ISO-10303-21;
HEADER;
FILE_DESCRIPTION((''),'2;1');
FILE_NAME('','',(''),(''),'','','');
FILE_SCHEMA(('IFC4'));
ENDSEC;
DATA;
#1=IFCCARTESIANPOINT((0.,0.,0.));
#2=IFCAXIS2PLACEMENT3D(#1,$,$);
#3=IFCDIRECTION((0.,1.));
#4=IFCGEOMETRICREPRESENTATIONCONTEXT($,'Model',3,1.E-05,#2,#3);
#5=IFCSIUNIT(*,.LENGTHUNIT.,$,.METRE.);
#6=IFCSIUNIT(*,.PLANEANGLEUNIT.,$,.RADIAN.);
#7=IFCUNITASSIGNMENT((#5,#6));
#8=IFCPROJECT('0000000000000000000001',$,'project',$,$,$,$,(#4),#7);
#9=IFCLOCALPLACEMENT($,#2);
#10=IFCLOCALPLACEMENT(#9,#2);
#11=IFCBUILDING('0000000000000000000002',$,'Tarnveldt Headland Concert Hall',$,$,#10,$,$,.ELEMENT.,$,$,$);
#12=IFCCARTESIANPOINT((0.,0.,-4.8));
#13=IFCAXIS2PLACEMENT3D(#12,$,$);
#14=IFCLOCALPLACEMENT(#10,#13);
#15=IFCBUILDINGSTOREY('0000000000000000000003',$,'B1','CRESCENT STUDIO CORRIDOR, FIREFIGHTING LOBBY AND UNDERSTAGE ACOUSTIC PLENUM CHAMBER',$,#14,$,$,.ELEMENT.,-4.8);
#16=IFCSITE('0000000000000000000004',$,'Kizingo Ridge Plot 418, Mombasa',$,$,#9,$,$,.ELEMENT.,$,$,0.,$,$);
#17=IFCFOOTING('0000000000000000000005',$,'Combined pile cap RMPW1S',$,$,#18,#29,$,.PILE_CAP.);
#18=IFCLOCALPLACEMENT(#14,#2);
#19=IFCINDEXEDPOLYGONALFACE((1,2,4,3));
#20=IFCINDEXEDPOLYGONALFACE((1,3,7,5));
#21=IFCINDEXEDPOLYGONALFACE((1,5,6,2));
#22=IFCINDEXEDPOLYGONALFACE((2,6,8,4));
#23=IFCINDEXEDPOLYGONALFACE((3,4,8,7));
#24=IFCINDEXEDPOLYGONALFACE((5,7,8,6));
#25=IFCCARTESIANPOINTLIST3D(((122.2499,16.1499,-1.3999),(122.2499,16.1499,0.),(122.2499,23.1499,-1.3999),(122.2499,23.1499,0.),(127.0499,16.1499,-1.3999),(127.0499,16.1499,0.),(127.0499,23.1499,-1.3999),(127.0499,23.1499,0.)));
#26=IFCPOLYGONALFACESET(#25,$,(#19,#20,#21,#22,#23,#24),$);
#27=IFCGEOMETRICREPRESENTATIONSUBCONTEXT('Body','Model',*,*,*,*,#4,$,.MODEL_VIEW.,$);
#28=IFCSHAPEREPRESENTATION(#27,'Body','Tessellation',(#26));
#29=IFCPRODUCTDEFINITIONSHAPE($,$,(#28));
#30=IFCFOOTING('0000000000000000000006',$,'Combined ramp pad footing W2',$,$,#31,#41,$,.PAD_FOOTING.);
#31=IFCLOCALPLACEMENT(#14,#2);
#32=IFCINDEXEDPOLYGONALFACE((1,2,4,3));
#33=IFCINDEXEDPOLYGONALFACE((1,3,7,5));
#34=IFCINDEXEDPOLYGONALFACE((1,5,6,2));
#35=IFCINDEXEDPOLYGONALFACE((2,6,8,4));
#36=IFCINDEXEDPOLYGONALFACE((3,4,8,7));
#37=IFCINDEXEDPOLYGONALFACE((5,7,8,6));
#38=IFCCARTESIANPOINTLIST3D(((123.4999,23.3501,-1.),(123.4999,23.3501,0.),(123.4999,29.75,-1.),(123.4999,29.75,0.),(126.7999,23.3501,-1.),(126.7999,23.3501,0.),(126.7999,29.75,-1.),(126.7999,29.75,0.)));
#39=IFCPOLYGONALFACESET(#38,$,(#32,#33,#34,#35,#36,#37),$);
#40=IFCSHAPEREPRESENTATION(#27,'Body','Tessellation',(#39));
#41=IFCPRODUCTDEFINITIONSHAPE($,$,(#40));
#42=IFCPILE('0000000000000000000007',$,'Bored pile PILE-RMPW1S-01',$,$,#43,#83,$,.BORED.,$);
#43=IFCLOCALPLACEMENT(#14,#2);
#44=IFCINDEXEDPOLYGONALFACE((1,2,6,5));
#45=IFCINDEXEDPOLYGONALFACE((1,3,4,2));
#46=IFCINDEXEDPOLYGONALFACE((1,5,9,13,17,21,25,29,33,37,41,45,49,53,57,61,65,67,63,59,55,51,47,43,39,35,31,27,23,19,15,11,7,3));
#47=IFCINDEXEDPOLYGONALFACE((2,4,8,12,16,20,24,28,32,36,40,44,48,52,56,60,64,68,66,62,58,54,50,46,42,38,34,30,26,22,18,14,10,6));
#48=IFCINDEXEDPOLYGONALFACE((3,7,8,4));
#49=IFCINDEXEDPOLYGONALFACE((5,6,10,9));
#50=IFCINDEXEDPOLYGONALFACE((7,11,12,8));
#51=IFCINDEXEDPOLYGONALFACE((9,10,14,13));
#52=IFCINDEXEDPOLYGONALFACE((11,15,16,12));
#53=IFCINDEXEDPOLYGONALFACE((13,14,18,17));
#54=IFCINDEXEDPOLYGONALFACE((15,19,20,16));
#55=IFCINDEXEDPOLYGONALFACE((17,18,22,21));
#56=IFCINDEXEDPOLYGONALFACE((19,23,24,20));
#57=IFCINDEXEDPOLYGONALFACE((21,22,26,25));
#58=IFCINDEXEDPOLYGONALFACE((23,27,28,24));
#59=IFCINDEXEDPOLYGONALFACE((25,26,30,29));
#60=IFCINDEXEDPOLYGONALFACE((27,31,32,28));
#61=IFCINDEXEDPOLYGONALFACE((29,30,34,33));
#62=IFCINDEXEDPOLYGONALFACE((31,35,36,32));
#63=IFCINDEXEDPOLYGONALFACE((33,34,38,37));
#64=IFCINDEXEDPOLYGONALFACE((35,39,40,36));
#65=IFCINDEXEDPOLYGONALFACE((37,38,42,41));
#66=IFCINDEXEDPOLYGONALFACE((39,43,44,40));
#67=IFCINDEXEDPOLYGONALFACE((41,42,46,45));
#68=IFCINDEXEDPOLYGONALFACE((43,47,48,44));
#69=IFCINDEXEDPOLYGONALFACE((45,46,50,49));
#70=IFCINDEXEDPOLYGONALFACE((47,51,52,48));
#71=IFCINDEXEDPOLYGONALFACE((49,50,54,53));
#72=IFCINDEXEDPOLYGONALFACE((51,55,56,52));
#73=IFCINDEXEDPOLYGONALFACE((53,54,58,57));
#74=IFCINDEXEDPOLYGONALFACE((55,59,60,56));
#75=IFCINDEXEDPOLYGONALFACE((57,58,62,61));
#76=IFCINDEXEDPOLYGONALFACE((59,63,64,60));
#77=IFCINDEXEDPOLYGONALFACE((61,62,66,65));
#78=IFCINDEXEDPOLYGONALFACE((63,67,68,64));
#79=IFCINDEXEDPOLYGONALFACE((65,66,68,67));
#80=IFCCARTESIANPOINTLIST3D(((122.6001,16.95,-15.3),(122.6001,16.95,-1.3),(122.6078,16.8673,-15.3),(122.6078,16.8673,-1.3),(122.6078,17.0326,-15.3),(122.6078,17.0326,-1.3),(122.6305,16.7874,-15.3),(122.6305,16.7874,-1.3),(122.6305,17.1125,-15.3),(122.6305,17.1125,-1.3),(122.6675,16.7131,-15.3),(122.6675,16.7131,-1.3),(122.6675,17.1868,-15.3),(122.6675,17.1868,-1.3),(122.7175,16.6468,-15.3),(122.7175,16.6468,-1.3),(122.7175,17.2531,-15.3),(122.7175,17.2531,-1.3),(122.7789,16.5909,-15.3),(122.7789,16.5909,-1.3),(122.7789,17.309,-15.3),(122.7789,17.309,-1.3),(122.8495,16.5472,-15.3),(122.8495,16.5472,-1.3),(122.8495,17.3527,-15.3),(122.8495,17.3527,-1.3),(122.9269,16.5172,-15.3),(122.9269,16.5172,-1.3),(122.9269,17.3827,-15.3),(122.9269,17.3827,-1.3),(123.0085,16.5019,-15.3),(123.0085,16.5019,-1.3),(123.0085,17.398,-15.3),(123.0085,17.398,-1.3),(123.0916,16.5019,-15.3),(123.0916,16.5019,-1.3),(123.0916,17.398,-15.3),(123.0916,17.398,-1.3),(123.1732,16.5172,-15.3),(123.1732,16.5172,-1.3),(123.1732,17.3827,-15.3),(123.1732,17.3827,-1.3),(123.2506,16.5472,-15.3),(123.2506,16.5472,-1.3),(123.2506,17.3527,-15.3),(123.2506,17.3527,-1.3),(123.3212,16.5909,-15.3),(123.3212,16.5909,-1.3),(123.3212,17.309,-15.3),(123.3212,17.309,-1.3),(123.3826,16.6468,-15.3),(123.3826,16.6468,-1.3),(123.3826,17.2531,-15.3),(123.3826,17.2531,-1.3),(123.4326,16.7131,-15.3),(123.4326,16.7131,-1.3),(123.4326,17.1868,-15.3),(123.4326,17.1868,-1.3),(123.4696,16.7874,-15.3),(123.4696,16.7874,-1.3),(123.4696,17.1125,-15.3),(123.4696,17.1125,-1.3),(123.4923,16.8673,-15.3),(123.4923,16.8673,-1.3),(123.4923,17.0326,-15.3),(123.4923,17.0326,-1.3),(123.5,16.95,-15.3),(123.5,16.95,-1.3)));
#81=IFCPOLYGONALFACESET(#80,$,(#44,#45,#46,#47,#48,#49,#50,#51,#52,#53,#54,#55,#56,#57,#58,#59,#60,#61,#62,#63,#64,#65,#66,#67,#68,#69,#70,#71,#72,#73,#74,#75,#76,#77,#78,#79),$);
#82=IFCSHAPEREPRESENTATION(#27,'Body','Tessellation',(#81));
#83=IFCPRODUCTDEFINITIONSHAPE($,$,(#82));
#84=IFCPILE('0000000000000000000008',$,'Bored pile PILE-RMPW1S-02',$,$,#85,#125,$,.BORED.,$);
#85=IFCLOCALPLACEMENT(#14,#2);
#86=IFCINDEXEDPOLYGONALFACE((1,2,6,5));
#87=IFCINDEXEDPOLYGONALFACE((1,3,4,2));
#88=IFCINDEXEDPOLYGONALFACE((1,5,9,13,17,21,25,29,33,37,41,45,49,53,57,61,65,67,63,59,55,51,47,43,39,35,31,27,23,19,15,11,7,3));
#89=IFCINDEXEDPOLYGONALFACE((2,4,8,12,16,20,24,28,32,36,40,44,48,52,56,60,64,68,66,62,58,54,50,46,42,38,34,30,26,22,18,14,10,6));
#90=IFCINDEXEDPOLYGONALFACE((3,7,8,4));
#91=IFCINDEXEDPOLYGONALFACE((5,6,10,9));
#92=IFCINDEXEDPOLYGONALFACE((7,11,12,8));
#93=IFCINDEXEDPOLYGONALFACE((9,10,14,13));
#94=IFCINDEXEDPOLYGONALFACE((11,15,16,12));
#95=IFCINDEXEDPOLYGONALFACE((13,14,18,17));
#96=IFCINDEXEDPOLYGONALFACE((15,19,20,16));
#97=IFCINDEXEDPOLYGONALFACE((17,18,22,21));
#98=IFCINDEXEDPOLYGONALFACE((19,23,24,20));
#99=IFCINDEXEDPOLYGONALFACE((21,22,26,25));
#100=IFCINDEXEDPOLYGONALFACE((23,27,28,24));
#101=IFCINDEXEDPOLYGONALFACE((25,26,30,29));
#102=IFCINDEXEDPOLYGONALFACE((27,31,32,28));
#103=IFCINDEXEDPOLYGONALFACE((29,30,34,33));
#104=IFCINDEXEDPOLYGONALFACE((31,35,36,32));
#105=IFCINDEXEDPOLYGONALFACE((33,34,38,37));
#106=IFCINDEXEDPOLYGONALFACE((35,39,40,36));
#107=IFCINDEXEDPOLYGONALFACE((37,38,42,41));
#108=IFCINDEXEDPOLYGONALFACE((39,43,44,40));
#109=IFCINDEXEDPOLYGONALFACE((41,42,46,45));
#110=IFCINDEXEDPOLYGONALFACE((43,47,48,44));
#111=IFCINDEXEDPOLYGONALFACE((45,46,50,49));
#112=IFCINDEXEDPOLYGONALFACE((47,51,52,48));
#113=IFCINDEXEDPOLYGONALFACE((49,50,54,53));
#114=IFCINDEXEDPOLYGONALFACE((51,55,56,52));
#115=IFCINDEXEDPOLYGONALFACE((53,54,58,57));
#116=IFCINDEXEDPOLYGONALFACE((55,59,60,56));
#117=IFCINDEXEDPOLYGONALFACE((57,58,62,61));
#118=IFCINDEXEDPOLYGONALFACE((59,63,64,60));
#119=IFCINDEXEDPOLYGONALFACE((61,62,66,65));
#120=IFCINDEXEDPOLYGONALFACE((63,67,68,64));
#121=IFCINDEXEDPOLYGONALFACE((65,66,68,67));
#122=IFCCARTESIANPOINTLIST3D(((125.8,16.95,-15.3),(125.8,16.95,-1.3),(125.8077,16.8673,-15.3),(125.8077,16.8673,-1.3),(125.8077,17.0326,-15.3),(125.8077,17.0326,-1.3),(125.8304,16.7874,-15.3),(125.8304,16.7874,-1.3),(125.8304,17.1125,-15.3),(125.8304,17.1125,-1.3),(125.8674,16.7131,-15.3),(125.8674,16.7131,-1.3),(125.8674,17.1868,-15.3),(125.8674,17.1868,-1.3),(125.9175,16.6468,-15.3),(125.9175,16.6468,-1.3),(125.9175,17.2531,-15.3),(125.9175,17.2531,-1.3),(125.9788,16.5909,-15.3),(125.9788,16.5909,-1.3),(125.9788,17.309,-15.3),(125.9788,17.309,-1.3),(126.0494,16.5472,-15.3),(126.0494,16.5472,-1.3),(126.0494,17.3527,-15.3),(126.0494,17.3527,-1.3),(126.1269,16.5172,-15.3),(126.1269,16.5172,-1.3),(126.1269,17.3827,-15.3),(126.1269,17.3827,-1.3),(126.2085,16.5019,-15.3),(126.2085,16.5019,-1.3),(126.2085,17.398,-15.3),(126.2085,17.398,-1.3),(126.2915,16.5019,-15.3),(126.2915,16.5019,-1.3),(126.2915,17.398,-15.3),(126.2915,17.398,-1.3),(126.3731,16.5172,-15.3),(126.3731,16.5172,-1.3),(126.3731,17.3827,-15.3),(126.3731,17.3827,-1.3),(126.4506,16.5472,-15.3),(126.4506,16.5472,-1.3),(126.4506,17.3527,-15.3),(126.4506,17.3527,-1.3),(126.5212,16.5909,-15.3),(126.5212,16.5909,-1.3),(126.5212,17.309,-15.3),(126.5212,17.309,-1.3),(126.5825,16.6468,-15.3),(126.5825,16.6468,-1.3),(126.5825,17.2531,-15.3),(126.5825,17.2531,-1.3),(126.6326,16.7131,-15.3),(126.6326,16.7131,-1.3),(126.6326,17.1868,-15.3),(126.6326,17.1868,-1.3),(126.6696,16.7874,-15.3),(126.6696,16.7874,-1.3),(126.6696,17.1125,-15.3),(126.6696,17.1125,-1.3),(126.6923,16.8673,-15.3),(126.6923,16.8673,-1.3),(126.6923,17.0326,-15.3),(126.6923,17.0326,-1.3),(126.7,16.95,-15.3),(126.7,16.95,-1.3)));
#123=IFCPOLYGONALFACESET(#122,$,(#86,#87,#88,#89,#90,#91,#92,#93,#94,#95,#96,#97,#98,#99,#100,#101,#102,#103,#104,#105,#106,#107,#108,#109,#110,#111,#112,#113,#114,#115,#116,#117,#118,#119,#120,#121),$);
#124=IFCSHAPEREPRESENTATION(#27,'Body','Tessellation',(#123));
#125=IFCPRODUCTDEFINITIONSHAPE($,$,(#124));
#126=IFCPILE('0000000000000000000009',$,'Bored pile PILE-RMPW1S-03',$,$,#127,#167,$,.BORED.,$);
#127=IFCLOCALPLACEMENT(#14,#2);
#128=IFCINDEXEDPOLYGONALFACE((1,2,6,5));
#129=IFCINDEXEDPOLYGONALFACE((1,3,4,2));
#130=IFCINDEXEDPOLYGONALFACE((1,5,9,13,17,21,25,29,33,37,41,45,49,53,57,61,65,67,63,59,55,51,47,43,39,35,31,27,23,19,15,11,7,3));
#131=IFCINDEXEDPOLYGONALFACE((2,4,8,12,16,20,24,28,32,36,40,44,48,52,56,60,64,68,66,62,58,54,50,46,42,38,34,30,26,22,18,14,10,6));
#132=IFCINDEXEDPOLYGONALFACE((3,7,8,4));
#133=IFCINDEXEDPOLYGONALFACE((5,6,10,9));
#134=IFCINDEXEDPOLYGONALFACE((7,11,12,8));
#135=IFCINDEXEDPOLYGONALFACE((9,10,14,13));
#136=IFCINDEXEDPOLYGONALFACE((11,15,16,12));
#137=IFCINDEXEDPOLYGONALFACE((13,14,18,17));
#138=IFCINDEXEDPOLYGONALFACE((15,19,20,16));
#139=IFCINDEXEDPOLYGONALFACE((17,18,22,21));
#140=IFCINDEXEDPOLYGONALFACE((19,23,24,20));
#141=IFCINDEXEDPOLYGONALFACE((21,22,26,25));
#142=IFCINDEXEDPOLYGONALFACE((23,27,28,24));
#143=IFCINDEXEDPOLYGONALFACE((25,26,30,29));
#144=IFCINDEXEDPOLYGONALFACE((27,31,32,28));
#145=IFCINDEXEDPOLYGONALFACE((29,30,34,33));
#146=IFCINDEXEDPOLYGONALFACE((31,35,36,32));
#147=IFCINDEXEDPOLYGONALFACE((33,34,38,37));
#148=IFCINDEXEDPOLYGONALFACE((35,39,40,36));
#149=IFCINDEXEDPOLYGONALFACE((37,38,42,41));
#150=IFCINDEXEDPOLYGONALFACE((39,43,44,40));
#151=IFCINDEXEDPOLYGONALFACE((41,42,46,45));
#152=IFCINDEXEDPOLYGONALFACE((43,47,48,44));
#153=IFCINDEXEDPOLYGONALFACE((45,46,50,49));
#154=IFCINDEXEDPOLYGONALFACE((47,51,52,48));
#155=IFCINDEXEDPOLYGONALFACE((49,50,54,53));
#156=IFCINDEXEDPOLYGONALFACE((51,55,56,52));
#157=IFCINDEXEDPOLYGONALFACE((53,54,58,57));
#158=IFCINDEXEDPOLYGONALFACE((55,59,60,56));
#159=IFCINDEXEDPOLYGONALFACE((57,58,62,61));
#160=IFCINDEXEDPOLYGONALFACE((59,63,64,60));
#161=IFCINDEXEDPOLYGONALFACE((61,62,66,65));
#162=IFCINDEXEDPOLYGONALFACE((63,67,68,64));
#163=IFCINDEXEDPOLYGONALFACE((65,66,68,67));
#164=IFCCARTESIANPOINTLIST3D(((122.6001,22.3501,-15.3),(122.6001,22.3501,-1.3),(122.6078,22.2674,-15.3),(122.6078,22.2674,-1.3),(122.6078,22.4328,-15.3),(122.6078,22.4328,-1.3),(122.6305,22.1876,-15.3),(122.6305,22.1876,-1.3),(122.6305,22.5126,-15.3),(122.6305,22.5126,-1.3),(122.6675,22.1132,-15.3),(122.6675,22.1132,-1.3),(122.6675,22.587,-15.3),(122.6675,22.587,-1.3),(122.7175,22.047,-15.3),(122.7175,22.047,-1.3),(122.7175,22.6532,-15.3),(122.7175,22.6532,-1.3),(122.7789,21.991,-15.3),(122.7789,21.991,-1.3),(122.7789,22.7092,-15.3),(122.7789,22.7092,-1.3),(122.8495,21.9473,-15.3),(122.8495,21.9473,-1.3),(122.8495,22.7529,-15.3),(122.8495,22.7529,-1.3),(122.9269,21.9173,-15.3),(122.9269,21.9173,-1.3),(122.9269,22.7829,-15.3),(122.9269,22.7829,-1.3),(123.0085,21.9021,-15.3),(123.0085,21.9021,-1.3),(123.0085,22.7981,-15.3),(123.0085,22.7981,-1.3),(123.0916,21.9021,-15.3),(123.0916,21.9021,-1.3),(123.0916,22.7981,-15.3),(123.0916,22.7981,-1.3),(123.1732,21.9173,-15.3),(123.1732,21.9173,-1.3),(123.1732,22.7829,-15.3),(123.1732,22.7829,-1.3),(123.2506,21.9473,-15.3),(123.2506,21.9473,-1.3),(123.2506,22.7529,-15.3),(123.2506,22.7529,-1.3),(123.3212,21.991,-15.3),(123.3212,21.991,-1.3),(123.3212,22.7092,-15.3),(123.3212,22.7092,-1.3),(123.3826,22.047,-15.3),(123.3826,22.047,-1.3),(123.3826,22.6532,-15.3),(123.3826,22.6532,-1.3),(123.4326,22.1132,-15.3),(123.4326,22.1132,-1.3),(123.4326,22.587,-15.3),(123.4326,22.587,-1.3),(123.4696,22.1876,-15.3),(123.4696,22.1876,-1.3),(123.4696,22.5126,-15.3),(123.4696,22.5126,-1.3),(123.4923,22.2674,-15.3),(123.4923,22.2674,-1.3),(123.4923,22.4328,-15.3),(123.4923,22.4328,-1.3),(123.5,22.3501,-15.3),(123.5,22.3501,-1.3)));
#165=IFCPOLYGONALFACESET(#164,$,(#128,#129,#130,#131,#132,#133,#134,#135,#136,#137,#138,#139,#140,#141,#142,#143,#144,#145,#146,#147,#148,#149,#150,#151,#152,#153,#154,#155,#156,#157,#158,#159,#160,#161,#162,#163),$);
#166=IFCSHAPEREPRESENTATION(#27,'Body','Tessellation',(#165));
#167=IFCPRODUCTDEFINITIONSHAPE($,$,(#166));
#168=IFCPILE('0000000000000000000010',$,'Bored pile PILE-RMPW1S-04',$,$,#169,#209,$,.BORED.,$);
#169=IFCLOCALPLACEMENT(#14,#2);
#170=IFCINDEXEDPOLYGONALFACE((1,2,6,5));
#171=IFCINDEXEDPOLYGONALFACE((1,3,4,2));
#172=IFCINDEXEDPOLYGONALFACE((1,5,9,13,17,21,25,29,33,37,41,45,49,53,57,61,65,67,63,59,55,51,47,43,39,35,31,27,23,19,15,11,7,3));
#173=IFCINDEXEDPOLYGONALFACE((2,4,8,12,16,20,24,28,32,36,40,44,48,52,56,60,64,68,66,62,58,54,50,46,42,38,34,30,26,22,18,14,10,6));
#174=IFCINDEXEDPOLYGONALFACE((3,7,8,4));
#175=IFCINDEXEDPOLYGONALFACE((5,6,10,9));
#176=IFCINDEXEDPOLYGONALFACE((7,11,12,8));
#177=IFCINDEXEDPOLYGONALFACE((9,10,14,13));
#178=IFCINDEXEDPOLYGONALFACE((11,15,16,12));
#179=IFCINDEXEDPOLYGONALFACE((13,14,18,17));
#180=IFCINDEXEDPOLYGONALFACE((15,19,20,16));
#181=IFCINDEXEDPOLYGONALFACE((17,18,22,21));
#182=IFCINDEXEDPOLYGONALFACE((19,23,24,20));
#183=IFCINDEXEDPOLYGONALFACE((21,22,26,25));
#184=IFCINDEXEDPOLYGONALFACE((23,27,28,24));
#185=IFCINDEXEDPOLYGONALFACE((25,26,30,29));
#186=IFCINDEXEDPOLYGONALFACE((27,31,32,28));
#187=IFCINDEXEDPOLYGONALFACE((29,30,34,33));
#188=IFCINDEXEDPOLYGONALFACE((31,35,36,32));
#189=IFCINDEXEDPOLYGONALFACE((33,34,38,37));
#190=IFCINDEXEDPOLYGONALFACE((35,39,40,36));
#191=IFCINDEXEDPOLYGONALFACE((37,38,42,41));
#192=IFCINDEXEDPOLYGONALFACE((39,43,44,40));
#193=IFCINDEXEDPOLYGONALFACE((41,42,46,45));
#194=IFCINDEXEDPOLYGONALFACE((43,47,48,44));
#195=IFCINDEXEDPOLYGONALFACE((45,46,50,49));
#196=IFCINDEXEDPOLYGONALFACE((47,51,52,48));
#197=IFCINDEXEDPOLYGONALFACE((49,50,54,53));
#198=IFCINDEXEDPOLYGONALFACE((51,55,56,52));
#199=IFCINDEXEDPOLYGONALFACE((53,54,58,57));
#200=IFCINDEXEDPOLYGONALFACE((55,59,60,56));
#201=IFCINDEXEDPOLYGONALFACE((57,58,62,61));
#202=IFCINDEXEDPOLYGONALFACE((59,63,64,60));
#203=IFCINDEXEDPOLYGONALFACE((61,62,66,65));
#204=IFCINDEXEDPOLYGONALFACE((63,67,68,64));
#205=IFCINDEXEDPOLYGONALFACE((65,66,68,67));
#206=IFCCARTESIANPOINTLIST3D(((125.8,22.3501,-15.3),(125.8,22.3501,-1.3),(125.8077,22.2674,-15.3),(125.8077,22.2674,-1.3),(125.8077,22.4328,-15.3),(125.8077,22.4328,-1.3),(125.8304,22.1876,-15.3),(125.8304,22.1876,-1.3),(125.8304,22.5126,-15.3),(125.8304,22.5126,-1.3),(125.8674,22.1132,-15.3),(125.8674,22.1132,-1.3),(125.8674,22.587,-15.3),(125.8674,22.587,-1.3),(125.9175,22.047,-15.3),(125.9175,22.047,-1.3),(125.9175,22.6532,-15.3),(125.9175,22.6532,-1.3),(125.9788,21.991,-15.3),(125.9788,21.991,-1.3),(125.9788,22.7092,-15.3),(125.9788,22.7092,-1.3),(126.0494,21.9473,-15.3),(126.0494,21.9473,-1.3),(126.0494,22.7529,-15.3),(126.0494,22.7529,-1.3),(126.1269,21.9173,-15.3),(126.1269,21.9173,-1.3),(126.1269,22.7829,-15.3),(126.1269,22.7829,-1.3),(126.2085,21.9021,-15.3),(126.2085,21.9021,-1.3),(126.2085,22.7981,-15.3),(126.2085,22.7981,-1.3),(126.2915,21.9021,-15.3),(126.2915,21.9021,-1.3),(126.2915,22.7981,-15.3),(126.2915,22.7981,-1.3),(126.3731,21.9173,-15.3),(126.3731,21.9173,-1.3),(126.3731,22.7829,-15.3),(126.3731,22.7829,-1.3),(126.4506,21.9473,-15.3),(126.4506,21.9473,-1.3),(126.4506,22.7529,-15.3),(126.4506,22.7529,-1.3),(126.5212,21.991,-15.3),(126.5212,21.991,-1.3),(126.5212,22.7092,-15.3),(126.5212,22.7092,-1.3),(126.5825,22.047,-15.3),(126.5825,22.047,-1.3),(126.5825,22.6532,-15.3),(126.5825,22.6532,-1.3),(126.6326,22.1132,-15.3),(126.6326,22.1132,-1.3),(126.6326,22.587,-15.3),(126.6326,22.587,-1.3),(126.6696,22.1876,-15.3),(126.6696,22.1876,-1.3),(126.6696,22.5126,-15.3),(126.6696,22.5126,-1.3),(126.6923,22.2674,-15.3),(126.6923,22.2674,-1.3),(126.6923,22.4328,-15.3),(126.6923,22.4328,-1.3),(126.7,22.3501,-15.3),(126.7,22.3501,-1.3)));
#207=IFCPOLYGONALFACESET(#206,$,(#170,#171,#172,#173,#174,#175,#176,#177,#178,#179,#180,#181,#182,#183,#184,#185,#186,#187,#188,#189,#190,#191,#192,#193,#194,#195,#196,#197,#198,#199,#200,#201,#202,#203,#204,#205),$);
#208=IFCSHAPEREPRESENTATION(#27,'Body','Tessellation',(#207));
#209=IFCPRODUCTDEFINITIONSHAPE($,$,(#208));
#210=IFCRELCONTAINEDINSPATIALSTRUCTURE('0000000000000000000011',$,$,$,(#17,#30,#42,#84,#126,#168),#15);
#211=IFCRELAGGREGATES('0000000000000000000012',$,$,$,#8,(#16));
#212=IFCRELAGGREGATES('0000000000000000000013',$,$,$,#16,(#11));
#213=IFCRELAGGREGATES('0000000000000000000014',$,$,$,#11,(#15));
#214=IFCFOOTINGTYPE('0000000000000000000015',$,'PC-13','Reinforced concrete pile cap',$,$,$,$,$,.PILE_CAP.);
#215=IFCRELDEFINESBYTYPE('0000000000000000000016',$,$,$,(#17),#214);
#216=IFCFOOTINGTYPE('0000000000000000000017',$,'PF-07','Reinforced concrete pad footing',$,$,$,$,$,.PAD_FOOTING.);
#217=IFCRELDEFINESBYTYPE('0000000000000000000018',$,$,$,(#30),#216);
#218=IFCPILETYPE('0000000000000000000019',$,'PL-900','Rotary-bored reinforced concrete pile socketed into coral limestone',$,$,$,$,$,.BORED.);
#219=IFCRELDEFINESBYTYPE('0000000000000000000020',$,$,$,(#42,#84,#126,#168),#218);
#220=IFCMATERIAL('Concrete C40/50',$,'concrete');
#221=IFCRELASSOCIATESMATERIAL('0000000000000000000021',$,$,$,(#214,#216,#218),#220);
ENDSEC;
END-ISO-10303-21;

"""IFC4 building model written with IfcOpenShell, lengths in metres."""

from ifc_helpers import new_model, si_unit, direction, frame, origin, origin_2d, place, context, subcontext, project, spatial, rectangle, circle, extrude, material, material_profile, profile_set, type_object, element, save


model = new_model("IFC4")

# Units and contexts
model_context = context("Model", 3, precision=1e-05, world=origin(), true_north=direction((0.0, 1.0)))
body_context = subcontext(model_context, "Body", "Model", "MODEL_VIEW")
ifc_project = project(units=[si_unit("LENGTHUNIT", "METRE"), si_unit("PLANEANGLEUNIT", "RADIAN")], contexts=[model_context])

# Site, building, storey
site_placement = place(None, origin())
site = spatial("IfcSite", under=ifc_project, at=site_placement, Name="Kizingo Ridge Plot 418, Mombasa", CompositionType="ELEMENT", RefElevation=0.0)
building_placement = place(site_placement, origin())
building = spatial("IfcBuilding", under=site, at=building_placement, Name="Tarnveldt Headland Concert Hall", CompositionType="ELEMENT")
storey_placement = place(building_placement, frame((0.0, 0.0, -4.8)))
storey = spatial("IfcBuildingStorey", under=building, at=storey_placement, Name="B1", Description="CRESCENT STUDIO CORRIDOR, FIREFIGHTING LOBBY AND UNDERSTAGE ACOUSTIC PLENUM CHAMBER", CompositionType="ELEMENT", Elevation=-4.8)

# Footings
ifc_material_1 = material(Name="Concrete C40/50", Category="concrete")
footing_type_1 = type_object("IfcFootingType", Name="PC-13", Description="Reinforced concrete pile cap", PredefinedType="PILE_CAP", material=ifc_material_1)
footing_1_placement = place(storey_placement, frame((124.6499, 19.6499, -1.3999), z_axis=(0.0, 0.0, 1.0), x_axis=(1.0, 0.0, 0.0)))
element("IfcFooting", 1, at=footing_1_placement, inside=storey, type_object=footing_type_1, Name="Combined pile cap RMPW1S", PredefinedType="PILE_CAP", context=body_context, shape_type="SweptSolid", body=[
    extrude(rectangle(XDim=4.8, YDim=7.0, at=origin_2d()), origin(), (0.0, 0.0, 1.0), 1.3999),
])
footing_type_2 = type_object("IfcFootingType", Name="PF-07", Description="Reinforced concrete pad footing", PredefinedType="PAD_FOOTING", material=ifc_material_1)
footing_2_placement = place(storey_placement, frame((125.1499, 26.55, -1.0), z_axis=(0.0, 0.0, 1.0), x_axis=(1.0, 0.0, 0.0)))
element("IfcFooting", 2, at=footing_2_placement, inside=storey, type_object=footing_type_2, Name="Combined ramp pad footing W2", PredefinedType="PAD_FOOTING", context=body_context, shape_type="SweptSolid", body=[
    extrude(rectangle(XDim=3.3, YDim=6.3999, at=origin_2d()), origin(), (0.0, 0.0, 1.0), 1.0),
])

# Piles
ifc_material_profile_1 = material_profile(ifc_material_1, circle(Radius=0.45, at=origin_2d()), Name="BORED PILE D900", Category="concrete")
ifc_profile_set_1 = profile_set([ifc_material_profile_1], Name="Concrete C40/50")
pile_type = type_object("IfcPileType", Name="PL-900", Description="Rotary-bored reinforced concrete pile socketed into coral limestone", PredefinedType="BORED", material=ifc_profile_set_1)
for number, where, z_axis, x_axis, name in (
    (3, (123.05, 16.95, -1.3), (0.0, 0.0, -1.0), (1.0, 0.0, 0.0), "Bored pile PILE-RMPW1S-01"),
    (4, (126.25, 16.95, -1.3), (0.0, 0.0, -1.0), (1.0, 0.0, 0.0), "Bored pile PILE-RMPW1S-02"),
    (5, (123.05, 22.3501, -1.3), (0.0, 0.0, -1.0), (1.0, 0.0, 0.0), "Bored pile PILE-RMPW1S-03"),
    (6, (126.25, 22.3501, -1.3), (0.0, 0.0, -1.0), (1.0, 0.0, 0.0), "Bored pile PILE-RMPW1S-04"),
):
    element("IfcPile", number, at=place(storey_placement, frame(where, z_axis=z_axis, x_axis=x_axis)), inside=storey, type_object=pile_type, Name=name, PredefinedType="BORED", context=body_context, shape_type="SweptSolid", body=[
        extrude(circle(Radius=0.45, at=origin_2d()), origin(), (0.0, 0.0, 1.0), 14.0),
    ])

save(model, "model.ifc")
